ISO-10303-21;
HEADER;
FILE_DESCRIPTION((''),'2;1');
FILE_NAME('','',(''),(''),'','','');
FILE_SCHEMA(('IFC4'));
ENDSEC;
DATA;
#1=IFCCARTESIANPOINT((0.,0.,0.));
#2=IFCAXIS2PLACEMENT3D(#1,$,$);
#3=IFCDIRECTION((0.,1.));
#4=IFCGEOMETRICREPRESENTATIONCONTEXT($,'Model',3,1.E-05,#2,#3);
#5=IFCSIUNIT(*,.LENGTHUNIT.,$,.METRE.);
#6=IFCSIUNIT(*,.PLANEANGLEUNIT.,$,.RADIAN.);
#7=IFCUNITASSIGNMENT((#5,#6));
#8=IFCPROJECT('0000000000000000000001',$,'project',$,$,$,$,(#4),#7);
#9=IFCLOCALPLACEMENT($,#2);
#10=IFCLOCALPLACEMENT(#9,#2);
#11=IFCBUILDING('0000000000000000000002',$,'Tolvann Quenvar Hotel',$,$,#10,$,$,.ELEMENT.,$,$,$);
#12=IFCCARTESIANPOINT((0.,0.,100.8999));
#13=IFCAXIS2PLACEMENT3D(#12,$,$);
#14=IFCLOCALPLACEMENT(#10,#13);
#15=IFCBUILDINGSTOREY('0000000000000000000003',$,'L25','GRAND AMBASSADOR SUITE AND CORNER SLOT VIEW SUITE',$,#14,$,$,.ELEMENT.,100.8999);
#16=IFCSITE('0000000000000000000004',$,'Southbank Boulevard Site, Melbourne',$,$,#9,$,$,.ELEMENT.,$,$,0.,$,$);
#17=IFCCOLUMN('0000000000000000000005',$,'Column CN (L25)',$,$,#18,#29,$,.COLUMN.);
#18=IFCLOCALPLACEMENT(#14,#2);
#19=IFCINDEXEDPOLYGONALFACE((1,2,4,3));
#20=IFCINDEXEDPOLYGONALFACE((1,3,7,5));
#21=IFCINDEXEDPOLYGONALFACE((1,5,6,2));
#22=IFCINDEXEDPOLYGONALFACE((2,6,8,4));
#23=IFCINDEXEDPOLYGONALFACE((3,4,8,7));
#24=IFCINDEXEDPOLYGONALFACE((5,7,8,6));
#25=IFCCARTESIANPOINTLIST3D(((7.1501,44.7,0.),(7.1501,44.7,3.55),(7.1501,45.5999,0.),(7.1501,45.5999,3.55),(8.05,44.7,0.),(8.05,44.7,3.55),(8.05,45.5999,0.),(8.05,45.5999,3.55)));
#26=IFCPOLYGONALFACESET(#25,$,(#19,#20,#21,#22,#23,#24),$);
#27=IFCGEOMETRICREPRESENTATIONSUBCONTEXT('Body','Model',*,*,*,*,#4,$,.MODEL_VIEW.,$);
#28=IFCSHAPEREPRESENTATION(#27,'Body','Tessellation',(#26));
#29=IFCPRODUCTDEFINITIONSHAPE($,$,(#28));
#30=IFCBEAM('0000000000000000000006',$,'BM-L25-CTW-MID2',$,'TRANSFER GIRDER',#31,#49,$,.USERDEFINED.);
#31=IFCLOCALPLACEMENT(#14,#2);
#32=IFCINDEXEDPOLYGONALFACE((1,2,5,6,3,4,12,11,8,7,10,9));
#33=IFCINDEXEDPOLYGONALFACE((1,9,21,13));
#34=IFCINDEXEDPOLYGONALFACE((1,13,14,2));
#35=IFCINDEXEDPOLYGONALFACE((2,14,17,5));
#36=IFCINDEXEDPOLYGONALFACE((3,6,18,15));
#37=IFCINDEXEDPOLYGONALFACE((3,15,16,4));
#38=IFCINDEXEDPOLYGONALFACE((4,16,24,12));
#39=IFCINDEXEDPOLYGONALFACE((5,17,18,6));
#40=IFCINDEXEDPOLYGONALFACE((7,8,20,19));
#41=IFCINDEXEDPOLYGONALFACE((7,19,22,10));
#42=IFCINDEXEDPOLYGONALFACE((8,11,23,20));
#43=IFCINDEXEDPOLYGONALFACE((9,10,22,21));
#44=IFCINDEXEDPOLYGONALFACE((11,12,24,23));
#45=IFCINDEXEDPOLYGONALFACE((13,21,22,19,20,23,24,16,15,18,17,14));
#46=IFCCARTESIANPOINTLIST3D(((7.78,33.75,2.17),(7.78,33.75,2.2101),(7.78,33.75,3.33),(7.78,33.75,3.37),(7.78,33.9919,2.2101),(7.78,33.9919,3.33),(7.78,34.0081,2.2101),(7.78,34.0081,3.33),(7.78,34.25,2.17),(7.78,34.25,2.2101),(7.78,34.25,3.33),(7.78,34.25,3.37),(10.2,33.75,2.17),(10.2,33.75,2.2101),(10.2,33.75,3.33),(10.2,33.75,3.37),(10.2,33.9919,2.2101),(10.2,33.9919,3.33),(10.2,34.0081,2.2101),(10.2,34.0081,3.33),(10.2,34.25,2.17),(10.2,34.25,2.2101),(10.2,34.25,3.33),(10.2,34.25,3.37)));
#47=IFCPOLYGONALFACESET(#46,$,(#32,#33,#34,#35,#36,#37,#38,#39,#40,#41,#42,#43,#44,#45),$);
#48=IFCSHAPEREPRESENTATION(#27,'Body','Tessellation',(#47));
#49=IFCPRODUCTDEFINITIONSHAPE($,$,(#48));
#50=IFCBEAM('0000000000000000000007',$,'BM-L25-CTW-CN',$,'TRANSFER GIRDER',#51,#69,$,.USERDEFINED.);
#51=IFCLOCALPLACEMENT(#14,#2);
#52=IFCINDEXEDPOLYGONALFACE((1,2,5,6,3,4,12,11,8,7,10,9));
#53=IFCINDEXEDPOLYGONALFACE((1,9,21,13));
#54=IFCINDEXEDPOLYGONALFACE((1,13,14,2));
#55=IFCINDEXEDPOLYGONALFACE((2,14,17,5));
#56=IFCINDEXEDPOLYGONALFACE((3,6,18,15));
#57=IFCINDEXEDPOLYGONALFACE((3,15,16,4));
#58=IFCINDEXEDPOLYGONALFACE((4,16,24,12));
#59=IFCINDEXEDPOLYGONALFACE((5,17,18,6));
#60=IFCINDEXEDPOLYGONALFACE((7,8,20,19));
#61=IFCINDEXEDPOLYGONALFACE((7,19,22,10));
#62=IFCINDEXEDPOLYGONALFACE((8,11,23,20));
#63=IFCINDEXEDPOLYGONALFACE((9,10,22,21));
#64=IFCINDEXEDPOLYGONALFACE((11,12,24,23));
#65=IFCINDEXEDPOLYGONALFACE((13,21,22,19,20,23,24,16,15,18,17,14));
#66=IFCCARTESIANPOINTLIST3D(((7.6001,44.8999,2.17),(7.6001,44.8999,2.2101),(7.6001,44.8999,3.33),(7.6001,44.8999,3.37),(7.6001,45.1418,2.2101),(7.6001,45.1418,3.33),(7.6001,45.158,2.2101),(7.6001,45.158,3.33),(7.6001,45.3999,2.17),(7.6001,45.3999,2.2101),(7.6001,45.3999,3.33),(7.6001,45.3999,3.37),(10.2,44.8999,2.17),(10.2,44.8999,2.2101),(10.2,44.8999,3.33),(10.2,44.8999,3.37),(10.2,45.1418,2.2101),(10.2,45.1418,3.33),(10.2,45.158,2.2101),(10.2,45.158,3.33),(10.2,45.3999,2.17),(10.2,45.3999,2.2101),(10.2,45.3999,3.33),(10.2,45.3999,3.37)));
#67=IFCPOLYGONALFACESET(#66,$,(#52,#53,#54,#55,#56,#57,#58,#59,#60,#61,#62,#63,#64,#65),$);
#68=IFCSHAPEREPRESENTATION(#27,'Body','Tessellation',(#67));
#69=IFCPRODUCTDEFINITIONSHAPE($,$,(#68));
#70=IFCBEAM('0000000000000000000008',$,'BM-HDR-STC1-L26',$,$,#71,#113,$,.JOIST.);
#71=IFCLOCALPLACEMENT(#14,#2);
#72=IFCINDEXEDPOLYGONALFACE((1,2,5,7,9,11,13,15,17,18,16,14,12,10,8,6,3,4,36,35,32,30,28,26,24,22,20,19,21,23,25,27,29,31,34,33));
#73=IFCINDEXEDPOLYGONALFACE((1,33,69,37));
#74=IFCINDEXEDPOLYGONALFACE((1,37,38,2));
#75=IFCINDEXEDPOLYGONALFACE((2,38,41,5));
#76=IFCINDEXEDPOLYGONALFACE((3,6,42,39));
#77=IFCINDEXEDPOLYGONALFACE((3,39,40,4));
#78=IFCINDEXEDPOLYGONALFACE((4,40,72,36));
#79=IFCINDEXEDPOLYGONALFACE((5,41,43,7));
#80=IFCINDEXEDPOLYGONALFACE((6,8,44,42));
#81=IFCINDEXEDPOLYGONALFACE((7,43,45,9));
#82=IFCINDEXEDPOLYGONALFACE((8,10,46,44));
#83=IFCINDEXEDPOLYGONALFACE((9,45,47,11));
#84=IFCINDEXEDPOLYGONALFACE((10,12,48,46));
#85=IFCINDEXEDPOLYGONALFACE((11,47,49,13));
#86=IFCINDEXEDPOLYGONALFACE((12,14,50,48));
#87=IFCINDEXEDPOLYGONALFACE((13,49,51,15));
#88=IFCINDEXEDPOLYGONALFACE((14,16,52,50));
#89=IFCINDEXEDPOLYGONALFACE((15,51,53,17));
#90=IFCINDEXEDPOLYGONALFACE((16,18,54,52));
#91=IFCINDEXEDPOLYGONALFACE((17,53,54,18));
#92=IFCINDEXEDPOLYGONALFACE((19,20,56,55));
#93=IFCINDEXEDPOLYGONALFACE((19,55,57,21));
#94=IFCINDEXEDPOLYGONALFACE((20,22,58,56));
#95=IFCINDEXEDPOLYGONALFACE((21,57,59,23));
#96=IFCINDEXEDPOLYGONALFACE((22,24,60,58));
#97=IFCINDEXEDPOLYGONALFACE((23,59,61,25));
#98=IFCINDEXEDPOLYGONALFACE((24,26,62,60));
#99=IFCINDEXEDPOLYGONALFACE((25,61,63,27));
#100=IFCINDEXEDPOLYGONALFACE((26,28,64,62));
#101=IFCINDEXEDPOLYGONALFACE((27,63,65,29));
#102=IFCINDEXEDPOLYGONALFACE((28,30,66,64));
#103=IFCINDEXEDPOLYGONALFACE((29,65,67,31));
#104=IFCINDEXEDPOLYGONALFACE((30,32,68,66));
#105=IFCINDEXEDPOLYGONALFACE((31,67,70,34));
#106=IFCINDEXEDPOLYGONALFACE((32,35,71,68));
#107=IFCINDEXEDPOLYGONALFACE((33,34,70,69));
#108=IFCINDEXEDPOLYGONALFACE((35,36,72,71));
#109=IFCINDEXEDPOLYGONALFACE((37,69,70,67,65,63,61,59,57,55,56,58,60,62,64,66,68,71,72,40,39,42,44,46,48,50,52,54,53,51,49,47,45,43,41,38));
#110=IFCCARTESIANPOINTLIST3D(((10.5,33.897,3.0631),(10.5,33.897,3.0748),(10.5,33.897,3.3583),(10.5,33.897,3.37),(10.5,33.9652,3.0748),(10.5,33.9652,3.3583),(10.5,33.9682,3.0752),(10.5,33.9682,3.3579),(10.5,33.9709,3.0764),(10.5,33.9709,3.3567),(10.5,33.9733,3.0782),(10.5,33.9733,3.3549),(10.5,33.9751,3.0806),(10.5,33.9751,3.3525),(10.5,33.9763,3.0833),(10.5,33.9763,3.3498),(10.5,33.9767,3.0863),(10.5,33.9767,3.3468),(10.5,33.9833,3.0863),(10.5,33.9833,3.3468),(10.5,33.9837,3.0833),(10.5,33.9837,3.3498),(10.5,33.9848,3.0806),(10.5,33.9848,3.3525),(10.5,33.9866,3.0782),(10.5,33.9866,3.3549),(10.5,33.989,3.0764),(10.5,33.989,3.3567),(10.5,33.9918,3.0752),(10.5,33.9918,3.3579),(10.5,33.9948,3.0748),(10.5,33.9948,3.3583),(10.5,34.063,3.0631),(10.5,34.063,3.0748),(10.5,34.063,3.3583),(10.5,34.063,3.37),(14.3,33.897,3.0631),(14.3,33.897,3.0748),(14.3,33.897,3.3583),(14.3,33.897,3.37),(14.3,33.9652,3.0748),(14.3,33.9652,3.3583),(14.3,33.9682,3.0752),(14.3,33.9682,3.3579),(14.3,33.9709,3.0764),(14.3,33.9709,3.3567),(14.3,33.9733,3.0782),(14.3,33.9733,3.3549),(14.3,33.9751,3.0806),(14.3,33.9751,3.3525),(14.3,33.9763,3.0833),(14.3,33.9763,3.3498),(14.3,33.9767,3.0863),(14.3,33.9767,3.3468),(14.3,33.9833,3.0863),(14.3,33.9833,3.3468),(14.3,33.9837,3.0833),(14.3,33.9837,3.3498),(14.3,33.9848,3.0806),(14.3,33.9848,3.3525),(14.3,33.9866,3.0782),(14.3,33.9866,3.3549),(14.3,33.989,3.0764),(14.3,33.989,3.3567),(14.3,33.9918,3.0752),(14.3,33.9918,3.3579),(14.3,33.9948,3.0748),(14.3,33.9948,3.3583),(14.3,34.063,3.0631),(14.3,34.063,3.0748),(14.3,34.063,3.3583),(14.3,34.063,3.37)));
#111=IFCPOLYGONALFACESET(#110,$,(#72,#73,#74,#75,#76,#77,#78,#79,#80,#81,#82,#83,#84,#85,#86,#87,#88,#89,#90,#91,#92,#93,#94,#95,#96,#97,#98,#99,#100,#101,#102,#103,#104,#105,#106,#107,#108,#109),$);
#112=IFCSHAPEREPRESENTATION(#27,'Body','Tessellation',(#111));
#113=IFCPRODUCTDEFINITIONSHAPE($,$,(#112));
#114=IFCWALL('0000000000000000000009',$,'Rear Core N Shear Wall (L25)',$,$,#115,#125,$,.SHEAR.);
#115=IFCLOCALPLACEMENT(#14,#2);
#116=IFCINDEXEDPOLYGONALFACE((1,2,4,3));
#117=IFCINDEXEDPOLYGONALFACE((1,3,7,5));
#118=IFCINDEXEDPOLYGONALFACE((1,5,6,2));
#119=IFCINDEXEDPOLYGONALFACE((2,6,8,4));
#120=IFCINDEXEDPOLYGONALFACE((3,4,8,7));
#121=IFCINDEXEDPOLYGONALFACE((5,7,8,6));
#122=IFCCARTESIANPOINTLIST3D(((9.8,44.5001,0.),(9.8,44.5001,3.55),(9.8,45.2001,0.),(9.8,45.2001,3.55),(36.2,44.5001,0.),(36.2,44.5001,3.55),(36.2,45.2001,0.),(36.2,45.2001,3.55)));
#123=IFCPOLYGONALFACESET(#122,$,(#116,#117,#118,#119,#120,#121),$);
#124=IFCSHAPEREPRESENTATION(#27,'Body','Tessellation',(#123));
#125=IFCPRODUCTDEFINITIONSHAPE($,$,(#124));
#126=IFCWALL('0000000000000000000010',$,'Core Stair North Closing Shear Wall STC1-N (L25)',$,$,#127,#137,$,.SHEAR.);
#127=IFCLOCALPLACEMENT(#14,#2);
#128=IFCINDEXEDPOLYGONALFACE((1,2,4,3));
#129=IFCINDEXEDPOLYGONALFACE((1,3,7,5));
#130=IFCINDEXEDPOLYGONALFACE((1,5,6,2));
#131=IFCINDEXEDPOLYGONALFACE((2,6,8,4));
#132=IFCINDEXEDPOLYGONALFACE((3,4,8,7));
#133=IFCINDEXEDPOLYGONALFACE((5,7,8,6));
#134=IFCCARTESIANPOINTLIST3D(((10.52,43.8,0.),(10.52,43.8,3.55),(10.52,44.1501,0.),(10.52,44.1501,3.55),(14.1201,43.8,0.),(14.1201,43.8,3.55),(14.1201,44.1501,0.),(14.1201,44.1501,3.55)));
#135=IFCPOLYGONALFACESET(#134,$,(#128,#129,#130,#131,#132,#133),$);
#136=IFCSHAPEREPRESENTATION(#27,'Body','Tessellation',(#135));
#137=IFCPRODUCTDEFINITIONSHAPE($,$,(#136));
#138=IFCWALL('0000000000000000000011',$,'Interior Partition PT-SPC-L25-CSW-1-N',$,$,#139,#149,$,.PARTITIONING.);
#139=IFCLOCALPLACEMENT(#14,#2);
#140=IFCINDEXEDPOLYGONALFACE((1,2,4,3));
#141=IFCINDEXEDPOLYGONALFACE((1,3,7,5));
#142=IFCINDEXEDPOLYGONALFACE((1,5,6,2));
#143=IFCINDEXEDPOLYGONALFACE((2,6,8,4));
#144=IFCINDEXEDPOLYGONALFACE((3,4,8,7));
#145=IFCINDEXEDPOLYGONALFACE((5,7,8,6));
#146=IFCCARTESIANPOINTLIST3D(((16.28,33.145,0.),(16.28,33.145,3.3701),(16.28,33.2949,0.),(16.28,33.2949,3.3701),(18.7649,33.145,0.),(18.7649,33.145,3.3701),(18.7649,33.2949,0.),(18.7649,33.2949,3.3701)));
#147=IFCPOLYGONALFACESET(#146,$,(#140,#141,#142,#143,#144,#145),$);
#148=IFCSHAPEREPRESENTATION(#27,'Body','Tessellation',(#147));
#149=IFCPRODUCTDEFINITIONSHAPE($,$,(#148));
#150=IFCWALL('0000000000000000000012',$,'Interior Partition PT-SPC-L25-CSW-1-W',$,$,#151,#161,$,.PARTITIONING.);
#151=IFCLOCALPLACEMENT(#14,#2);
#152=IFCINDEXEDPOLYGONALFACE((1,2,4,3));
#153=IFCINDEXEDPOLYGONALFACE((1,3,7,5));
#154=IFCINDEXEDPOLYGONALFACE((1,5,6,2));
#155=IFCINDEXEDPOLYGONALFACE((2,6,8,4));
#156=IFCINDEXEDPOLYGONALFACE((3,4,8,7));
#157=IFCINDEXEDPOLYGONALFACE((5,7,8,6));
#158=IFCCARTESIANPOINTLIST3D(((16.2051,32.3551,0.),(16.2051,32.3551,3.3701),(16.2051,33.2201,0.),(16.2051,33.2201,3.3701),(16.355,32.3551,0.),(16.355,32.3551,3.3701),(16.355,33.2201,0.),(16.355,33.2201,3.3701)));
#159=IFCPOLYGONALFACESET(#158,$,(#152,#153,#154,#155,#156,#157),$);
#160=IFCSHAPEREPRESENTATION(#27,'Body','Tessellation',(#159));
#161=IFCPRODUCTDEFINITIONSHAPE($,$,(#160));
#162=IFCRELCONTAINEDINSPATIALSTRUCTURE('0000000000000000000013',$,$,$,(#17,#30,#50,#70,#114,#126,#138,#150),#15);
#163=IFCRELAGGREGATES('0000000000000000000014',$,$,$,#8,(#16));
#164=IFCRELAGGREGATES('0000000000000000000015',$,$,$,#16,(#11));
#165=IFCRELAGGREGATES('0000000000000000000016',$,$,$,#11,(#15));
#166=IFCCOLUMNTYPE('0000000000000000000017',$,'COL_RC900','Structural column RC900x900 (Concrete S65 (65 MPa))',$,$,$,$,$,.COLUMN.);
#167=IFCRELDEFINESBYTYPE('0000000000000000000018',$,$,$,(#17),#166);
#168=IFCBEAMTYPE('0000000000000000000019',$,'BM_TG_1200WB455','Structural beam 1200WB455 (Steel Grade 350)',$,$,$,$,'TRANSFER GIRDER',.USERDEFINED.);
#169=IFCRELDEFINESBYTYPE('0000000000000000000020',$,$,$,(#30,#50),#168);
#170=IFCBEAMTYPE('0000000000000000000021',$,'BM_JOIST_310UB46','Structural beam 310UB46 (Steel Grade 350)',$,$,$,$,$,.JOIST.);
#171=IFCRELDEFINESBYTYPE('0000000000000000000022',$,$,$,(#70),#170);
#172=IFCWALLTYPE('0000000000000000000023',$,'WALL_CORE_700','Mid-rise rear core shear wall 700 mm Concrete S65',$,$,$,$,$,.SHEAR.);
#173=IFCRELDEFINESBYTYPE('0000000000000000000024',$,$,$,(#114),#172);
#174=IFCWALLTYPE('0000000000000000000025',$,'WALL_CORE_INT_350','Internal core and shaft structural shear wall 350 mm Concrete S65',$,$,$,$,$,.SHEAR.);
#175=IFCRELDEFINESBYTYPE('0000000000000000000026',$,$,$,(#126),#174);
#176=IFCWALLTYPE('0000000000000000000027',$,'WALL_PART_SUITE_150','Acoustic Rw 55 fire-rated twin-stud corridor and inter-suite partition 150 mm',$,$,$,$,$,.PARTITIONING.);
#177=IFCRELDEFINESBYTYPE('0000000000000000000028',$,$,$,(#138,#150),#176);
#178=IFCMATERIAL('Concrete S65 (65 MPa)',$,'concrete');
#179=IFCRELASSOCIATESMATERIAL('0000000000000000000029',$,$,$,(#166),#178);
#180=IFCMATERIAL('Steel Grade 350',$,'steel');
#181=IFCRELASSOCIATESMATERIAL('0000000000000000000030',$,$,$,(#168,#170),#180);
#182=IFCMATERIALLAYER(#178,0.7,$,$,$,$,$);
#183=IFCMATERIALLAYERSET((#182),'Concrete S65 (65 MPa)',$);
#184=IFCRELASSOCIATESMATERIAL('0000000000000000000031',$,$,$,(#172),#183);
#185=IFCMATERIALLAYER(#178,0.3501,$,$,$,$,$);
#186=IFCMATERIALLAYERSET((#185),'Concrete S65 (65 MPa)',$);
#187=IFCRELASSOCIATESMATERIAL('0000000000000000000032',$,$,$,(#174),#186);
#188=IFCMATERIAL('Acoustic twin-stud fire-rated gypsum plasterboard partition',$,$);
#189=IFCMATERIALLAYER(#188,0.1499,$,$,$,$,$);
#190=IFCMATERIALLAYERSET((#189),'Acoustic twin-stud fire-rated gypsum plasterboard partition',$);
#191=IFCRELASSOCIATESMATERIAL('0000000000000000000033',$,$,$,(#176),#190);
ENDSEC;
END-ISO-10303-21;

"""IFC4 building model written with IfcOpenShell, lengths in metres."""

from ifc_helpers import new_model, si_unit, direction, frame, frame_2d, origin, origin_2d, place, context, subcontext, project, spatial, rectangle, i_section, extrude, source, transform, mapped, material, layer, layer_set, material_profile, profile_set, type_object, type_shapes, element, save


model = new_model("IFC4")

# Units and contexts
model_context = context("Model", 3, precision=1e-05, world=origin(), true_north=direction((0.0, 1.0)))
body_context = subcontext(model_context, "Body", "Model", "MODEL_VIEW")
ifc_project = project(units=[si_unit("LENGTHUNIT", "METRE"), si_unit("PLANEANGLEUNIT", "RADIAN")], contexts=[model_context])

# Site, building, storey
site_placement = place(None, origin())
site = spatial("IfcSite", under=ifc_project, at=site_placement, Name="Southbank Boulevard Site, Melbourne", CompositionType="ELEMENT", RefElevation=0.0)
building_placement = place(site_placement, origin())
building = spatial("IfcBuilding", under=site, at=building_placement, Name="Tolvann Quenvar Hotel", CompositionType="ELEMENT")
storey_placement = place(building_placement, frame((0.0, 0.0, 100.8999)))
storey = spatial("IfcBuildingStorey", under=building, at=storey_placement, Name="L25", Description="GRAND AMBASSADOR SUITE AND CORNER SLOT VIEW SUITE", CompositionType="ELEMENT", Elevation=100.8999)

# Column
ifc_material_1 = material(Name="Concrete S65 (65 MPa)", Category="concrete")
ifc_material_profile_1 = material_profile(ifc_material_1, rectangle(XDim=0.8999, YDim=0.8999, at=origin_2d()), Name="RC900x900")
ifc_profile_set_1 = profile_set([ifc_material_profile_1], Name="Concrete S65 (65 MPa)")
column_type = type_object("IfcColumnType", Name="COL_RC900", Description="Structural column RC900x900 (Concrete S65 (65 MPa))", PredefinedType="COLUMN", material=ifc_profile_set_1)
shared_shape_1 = source(origin(), body_context, "Body", "SweptSolid", [
    extrude(rectangle(XDim=0.8999, YDim=0.8999, at=origin_2d()), origin(), (0.0, 0.0, 1.0), 3.55),
])
type_shapes(column_type, [shared_shape_1])
column_placement = place(storey_placement, frame((7.6001, 45.1499, 0.0), z_axis=(0.0, 0.0, 1.0), x_axis=(1.0, 0.0, 0.0)))
element("IfcColumn", 1, at=column_placement, inside=storey, type_object=column_type, Name="Column CN (L25)", PredefinedType="COLUMN", context=body_context, shape_type="MappedRepresentation", body=[
    mapped(shared_shape_1, transform((0.0, 0.0, 0.0), x_axis=(1.0, 0.0, 0.0), y_axis=(0.0, 1.0, 0.0), z_axis=(0.0, 0.0, 1.0), scale=1.0)),
])

# Beams
ifc_material_2 = material(Name="Steel Grade 350", Category="steel")
ifc_material_profile_2 = material_profile(ifc_material_2, i_section(OverallWidth=0.5, OverallDepth=1.2, WebThickness=0.0161, FlangeThickness=0.04, at=origin_2d()), Name="1200WB455")
ifc_profile_set_2 = profile_set([ifc_material_profile_2], Name="Steel Grade 350")
beam_type_1 = type_object("IfcBeamType", Name="BM_TG_1200WB455", Description="Structural beam 1200WB455 (Steel Grade 350)", ElementType="TRANSFER GIRDER", PredefinedType="USERDEFINED", material=ifc_profile_set_2)
shared_shape_2 = source(origin(), body_context, "Body", "SweptSolid", [
    extrude(i_section(OverallWidth=0.5, OverallDepth=1.2, WebThickness=0.0161, FlangeThickness=0.04, at=origin_2d()), origin(), (0.0, 0.0, 1.0), 2.4199),
])
beam_1_placement = place(storey_placement, frame((7.78, 34.0, 2.77), z_axis=(1.0, 0.0, 0.0), x_axis=(0.0, 1.0, 0.0)))
element("IfcBeam", 2, at=beam_1_placement, inside=storey, type_object=beam_type_1, Name="BM-L25-CTW-MID2", ObjectType="TRANSFER GIRDER", PredefinedType="USERDEFINED", context=body_context, shape_type="MappedRepresentation", body=[
    mapped(shared_shape_2, transform((0.0, 0.0, 0.0), x_axis=(1.0, 0.0, 0.0), y_axis=(0.0, 1.0, 0.0), z_axis=(0.0, 0.0, 1.0), scale=1.0)),
])
shared_shape_3 = source(origin(), body_context, "Body", "SweptSolid", [
    extrude(i_section(OverallWidth=0.5, OverallDepth=1.2, WebThickness=0.0161, FlangeThickness=0.04, at=origin_2d()), origin(), (0.0, 0.0, 1.0), 2.5999),
])
type_shapes(beam_type_1, [shared_shape_2, shared_shape_3])
beam_2_placement = place(storey_placement, frame((7.6001, 45.1499, 2.77), z_axis=(1.0, 0.0, 0.0), x_axis=(0.0, 1.0, 0.0)))
element("IfcBeam", 3, at=beam_2_placement, inside=storey, type_object=beam_type_1, Name="BM-L25-CTW-CN", ObjectType="TRANSFER GIRDER", PredefinedType="USERDEFINED", context=body_context, shape_type="MappedRepresentation", body=[
    mapped(shared_shape_3, transform((0.0, 0.0, 0.0), x_axis=(1.0, 0.0, 0.0), y_axis=(0.0, 1.0, 0.0), z_axis=(0.0, 0.0, 1.0), scale=1.0)),
])
ifc_material_profile_3 = material_profile(ifc_material_2, i_section(OverallWidth=0.166, OverallDepth=0.3069, WebThickness=0.0066, FlangeThickness=0.0117, FilletRadius=0.0115, at=origin_2d()), Name="310UB46")
ifc_profile_set_3 = profile_set([ifc_material_profile_3], Name="Steel Grade 350")
beam_type_2 = type_object("IfcBeamType", Name="BM_JOIST_310UB46", Description="Structural beam 310UB46 (Steel Grade 350)", PredefinedType="JOIST", material=ifc_profile_set_3)
shared_shape_4 = source(origin(), body_context, "Body", "SweptSolid", [
    extrude(i_section(OverallWidth=0.166, OverallDepth=0.3069, WebThickness=0.0066, FlangeThickness=0.0117, FilletRadius=0.0115, at=origin_2d()), origin(), (0.0, 0.0, 1.0), 3.8),
])
type_shapes(beam_type_2, [shared_shape_4])
beam_3_placement = place(storey_placement, frame((10.5, 33.98, 3.2166), z_axis=(1.0, 0.0, 0.0), x_axis=(0.0, 1.0, 0.0)))
element("IfcBeam", 4, at=beam_3_placement, inside=storey, type_object=beam_type_2, Name="BM-HDR-STC1-L26", PredefinedType="JOIST", context=body_context, shape_type="MappedRepresentation", body=[
    mapped(shared_shape_4, transform((0.0, 0.0, 0.0), x_axis=(1.0, 0.0, 0.0), y_axis=(0.0, 1.0, 0.0), z_axis=(0.0, 0.0, 1.0), scale=1.0)),
])

# Walls
ifc_layer_1 = layer(ifc_material_1, 0.7)
ifc_layer_set_1 = layer_set([ifc_layer_1], Name="Concrete S65 (65 MPa)")
wall_type_1 = type_object("IfcWallType", Name="WALL_CORE_700", Description="Mid-rise rear core shear wall 700 mm Concrete S65", PredefinedType="SHEAR", material=ifc_layer_set_1)
wall_1_placement = place(storey_placement, frame((9.8, 44.8501, 0.0), z_axis=(0.0, 0.0, 1.0), x_axis=(1.0, 0.0, 0.0)))
element("IfcWall", 5, at=wall_1_placement, inside=storey, type_object=wall_type_1, Name="Rear Core N Shear Wall (L25)", PredefinedType="SHEAR", context=body_context, shape_type="SweptSolid", body=[
    extrude(rectangle(XDim=26.3999, YDim=0.7, at=frame_2d((13.2, 0.0))), origin(), (0.0, 0.0, 1.0), 3.55),
])
ifc_layer_2 = layer(ifc_material_1, 0.3501)
ifc_layer_set_2 = layer_set([ifc_layer_2], Name="Concrete S65 (65 MPa)")
wall_type_2 = type_object("IfcWallType", Name="WALL_CORE_INT_350", Description="Internal core and shaft structural shear wall 350 mm Concrete S65", PredefinedType="SHEAR", material=ifc_layer_set_2)
wall_2_placement = place(storey_placement, frame((10.52, 43.9751, 0.0), z_axis=(0.0, 0.0, 1.0), x_axis=(1.0, 0.0, 0.0)))
element("IfcWall", 6, at=wall_2_placement, inside=storey, type_object=wall_type_2, Name="Core Stair North Closing Shear Wall STC1-N (L25)", PredefinedType="SHEAR", context=body_context, shape_type="SweptSolid", body=[
    extrude(rectangle(XDim=3.6001, YDim=0.3501, at=frame_2d((1.8, 0.0))), origin(), (0.0, 0.0, 1.0), 3.55),
])
ifc_material_3 = material(Name="Acoustic twin-stud fire-rated gypsum plasterboard partition")
ifc_layer_3 = layer(ifc_material_3, 0.1499)
ifc_layer_set_3 = layer_set([ifc_layer_3], Name="Acoustic twin-stud fire-rated gypsum plasterboard partition")
wall_type_3 = type_object("IfcWallType", Name="WALL_PART_SUITE_150", Description="Acoustic Rw 55 fire-rated twin-stud corridor and inter-suite partition 150 mm", PredefinedType="PARTITIONING", material=ifc_layer_set_3)
wall_3_placement = place(storey_placement, frame((16.28, 33.22, 0.0), z_axis=(0.0, 0.0, 1.0), x_axis=(1.0, 0.0, 0.0)))
element("IfcWall", 7, at=wall_3_placement, inside=storey, type_object=wall_type_3, Name="Interior Partition PT-SPC-L25-CSW-1-N", PredefinedType="PARTITIONING", context=body_context, shape_type="SweptSolid", body=[
    extrude(rectangle(XDim=2.4849, YDim=0.1499, at=frame_2d((1.2424, 0.0))), origin(), (0.0, 0.0, 1.0), 3.3701),
])
wall_4_placement = place(storey_placement, frame((16.28, 32.355, 0.0), z_axis=(0.0, 0.0, 1.0), x_axis=(0.0, 1.0, 0.0)))
element("IfcWall", 8, at=wall_4_placement, inside=storey, type_object=wall_type_3, Name="Interior Partition PT-SPC-L25-CSW-1-W", PredefinedType="PARTITIONING", context=body_context, shape_type="SweptSolid", body=[
    extrude(rectangle(XDim=0.865, YDim=0.1499, at=frame_2d((0.4326, 0.0))), origin(), (0.0, 0.0, 1.0), 3.3701),
])

save(model, "model.ifc")
